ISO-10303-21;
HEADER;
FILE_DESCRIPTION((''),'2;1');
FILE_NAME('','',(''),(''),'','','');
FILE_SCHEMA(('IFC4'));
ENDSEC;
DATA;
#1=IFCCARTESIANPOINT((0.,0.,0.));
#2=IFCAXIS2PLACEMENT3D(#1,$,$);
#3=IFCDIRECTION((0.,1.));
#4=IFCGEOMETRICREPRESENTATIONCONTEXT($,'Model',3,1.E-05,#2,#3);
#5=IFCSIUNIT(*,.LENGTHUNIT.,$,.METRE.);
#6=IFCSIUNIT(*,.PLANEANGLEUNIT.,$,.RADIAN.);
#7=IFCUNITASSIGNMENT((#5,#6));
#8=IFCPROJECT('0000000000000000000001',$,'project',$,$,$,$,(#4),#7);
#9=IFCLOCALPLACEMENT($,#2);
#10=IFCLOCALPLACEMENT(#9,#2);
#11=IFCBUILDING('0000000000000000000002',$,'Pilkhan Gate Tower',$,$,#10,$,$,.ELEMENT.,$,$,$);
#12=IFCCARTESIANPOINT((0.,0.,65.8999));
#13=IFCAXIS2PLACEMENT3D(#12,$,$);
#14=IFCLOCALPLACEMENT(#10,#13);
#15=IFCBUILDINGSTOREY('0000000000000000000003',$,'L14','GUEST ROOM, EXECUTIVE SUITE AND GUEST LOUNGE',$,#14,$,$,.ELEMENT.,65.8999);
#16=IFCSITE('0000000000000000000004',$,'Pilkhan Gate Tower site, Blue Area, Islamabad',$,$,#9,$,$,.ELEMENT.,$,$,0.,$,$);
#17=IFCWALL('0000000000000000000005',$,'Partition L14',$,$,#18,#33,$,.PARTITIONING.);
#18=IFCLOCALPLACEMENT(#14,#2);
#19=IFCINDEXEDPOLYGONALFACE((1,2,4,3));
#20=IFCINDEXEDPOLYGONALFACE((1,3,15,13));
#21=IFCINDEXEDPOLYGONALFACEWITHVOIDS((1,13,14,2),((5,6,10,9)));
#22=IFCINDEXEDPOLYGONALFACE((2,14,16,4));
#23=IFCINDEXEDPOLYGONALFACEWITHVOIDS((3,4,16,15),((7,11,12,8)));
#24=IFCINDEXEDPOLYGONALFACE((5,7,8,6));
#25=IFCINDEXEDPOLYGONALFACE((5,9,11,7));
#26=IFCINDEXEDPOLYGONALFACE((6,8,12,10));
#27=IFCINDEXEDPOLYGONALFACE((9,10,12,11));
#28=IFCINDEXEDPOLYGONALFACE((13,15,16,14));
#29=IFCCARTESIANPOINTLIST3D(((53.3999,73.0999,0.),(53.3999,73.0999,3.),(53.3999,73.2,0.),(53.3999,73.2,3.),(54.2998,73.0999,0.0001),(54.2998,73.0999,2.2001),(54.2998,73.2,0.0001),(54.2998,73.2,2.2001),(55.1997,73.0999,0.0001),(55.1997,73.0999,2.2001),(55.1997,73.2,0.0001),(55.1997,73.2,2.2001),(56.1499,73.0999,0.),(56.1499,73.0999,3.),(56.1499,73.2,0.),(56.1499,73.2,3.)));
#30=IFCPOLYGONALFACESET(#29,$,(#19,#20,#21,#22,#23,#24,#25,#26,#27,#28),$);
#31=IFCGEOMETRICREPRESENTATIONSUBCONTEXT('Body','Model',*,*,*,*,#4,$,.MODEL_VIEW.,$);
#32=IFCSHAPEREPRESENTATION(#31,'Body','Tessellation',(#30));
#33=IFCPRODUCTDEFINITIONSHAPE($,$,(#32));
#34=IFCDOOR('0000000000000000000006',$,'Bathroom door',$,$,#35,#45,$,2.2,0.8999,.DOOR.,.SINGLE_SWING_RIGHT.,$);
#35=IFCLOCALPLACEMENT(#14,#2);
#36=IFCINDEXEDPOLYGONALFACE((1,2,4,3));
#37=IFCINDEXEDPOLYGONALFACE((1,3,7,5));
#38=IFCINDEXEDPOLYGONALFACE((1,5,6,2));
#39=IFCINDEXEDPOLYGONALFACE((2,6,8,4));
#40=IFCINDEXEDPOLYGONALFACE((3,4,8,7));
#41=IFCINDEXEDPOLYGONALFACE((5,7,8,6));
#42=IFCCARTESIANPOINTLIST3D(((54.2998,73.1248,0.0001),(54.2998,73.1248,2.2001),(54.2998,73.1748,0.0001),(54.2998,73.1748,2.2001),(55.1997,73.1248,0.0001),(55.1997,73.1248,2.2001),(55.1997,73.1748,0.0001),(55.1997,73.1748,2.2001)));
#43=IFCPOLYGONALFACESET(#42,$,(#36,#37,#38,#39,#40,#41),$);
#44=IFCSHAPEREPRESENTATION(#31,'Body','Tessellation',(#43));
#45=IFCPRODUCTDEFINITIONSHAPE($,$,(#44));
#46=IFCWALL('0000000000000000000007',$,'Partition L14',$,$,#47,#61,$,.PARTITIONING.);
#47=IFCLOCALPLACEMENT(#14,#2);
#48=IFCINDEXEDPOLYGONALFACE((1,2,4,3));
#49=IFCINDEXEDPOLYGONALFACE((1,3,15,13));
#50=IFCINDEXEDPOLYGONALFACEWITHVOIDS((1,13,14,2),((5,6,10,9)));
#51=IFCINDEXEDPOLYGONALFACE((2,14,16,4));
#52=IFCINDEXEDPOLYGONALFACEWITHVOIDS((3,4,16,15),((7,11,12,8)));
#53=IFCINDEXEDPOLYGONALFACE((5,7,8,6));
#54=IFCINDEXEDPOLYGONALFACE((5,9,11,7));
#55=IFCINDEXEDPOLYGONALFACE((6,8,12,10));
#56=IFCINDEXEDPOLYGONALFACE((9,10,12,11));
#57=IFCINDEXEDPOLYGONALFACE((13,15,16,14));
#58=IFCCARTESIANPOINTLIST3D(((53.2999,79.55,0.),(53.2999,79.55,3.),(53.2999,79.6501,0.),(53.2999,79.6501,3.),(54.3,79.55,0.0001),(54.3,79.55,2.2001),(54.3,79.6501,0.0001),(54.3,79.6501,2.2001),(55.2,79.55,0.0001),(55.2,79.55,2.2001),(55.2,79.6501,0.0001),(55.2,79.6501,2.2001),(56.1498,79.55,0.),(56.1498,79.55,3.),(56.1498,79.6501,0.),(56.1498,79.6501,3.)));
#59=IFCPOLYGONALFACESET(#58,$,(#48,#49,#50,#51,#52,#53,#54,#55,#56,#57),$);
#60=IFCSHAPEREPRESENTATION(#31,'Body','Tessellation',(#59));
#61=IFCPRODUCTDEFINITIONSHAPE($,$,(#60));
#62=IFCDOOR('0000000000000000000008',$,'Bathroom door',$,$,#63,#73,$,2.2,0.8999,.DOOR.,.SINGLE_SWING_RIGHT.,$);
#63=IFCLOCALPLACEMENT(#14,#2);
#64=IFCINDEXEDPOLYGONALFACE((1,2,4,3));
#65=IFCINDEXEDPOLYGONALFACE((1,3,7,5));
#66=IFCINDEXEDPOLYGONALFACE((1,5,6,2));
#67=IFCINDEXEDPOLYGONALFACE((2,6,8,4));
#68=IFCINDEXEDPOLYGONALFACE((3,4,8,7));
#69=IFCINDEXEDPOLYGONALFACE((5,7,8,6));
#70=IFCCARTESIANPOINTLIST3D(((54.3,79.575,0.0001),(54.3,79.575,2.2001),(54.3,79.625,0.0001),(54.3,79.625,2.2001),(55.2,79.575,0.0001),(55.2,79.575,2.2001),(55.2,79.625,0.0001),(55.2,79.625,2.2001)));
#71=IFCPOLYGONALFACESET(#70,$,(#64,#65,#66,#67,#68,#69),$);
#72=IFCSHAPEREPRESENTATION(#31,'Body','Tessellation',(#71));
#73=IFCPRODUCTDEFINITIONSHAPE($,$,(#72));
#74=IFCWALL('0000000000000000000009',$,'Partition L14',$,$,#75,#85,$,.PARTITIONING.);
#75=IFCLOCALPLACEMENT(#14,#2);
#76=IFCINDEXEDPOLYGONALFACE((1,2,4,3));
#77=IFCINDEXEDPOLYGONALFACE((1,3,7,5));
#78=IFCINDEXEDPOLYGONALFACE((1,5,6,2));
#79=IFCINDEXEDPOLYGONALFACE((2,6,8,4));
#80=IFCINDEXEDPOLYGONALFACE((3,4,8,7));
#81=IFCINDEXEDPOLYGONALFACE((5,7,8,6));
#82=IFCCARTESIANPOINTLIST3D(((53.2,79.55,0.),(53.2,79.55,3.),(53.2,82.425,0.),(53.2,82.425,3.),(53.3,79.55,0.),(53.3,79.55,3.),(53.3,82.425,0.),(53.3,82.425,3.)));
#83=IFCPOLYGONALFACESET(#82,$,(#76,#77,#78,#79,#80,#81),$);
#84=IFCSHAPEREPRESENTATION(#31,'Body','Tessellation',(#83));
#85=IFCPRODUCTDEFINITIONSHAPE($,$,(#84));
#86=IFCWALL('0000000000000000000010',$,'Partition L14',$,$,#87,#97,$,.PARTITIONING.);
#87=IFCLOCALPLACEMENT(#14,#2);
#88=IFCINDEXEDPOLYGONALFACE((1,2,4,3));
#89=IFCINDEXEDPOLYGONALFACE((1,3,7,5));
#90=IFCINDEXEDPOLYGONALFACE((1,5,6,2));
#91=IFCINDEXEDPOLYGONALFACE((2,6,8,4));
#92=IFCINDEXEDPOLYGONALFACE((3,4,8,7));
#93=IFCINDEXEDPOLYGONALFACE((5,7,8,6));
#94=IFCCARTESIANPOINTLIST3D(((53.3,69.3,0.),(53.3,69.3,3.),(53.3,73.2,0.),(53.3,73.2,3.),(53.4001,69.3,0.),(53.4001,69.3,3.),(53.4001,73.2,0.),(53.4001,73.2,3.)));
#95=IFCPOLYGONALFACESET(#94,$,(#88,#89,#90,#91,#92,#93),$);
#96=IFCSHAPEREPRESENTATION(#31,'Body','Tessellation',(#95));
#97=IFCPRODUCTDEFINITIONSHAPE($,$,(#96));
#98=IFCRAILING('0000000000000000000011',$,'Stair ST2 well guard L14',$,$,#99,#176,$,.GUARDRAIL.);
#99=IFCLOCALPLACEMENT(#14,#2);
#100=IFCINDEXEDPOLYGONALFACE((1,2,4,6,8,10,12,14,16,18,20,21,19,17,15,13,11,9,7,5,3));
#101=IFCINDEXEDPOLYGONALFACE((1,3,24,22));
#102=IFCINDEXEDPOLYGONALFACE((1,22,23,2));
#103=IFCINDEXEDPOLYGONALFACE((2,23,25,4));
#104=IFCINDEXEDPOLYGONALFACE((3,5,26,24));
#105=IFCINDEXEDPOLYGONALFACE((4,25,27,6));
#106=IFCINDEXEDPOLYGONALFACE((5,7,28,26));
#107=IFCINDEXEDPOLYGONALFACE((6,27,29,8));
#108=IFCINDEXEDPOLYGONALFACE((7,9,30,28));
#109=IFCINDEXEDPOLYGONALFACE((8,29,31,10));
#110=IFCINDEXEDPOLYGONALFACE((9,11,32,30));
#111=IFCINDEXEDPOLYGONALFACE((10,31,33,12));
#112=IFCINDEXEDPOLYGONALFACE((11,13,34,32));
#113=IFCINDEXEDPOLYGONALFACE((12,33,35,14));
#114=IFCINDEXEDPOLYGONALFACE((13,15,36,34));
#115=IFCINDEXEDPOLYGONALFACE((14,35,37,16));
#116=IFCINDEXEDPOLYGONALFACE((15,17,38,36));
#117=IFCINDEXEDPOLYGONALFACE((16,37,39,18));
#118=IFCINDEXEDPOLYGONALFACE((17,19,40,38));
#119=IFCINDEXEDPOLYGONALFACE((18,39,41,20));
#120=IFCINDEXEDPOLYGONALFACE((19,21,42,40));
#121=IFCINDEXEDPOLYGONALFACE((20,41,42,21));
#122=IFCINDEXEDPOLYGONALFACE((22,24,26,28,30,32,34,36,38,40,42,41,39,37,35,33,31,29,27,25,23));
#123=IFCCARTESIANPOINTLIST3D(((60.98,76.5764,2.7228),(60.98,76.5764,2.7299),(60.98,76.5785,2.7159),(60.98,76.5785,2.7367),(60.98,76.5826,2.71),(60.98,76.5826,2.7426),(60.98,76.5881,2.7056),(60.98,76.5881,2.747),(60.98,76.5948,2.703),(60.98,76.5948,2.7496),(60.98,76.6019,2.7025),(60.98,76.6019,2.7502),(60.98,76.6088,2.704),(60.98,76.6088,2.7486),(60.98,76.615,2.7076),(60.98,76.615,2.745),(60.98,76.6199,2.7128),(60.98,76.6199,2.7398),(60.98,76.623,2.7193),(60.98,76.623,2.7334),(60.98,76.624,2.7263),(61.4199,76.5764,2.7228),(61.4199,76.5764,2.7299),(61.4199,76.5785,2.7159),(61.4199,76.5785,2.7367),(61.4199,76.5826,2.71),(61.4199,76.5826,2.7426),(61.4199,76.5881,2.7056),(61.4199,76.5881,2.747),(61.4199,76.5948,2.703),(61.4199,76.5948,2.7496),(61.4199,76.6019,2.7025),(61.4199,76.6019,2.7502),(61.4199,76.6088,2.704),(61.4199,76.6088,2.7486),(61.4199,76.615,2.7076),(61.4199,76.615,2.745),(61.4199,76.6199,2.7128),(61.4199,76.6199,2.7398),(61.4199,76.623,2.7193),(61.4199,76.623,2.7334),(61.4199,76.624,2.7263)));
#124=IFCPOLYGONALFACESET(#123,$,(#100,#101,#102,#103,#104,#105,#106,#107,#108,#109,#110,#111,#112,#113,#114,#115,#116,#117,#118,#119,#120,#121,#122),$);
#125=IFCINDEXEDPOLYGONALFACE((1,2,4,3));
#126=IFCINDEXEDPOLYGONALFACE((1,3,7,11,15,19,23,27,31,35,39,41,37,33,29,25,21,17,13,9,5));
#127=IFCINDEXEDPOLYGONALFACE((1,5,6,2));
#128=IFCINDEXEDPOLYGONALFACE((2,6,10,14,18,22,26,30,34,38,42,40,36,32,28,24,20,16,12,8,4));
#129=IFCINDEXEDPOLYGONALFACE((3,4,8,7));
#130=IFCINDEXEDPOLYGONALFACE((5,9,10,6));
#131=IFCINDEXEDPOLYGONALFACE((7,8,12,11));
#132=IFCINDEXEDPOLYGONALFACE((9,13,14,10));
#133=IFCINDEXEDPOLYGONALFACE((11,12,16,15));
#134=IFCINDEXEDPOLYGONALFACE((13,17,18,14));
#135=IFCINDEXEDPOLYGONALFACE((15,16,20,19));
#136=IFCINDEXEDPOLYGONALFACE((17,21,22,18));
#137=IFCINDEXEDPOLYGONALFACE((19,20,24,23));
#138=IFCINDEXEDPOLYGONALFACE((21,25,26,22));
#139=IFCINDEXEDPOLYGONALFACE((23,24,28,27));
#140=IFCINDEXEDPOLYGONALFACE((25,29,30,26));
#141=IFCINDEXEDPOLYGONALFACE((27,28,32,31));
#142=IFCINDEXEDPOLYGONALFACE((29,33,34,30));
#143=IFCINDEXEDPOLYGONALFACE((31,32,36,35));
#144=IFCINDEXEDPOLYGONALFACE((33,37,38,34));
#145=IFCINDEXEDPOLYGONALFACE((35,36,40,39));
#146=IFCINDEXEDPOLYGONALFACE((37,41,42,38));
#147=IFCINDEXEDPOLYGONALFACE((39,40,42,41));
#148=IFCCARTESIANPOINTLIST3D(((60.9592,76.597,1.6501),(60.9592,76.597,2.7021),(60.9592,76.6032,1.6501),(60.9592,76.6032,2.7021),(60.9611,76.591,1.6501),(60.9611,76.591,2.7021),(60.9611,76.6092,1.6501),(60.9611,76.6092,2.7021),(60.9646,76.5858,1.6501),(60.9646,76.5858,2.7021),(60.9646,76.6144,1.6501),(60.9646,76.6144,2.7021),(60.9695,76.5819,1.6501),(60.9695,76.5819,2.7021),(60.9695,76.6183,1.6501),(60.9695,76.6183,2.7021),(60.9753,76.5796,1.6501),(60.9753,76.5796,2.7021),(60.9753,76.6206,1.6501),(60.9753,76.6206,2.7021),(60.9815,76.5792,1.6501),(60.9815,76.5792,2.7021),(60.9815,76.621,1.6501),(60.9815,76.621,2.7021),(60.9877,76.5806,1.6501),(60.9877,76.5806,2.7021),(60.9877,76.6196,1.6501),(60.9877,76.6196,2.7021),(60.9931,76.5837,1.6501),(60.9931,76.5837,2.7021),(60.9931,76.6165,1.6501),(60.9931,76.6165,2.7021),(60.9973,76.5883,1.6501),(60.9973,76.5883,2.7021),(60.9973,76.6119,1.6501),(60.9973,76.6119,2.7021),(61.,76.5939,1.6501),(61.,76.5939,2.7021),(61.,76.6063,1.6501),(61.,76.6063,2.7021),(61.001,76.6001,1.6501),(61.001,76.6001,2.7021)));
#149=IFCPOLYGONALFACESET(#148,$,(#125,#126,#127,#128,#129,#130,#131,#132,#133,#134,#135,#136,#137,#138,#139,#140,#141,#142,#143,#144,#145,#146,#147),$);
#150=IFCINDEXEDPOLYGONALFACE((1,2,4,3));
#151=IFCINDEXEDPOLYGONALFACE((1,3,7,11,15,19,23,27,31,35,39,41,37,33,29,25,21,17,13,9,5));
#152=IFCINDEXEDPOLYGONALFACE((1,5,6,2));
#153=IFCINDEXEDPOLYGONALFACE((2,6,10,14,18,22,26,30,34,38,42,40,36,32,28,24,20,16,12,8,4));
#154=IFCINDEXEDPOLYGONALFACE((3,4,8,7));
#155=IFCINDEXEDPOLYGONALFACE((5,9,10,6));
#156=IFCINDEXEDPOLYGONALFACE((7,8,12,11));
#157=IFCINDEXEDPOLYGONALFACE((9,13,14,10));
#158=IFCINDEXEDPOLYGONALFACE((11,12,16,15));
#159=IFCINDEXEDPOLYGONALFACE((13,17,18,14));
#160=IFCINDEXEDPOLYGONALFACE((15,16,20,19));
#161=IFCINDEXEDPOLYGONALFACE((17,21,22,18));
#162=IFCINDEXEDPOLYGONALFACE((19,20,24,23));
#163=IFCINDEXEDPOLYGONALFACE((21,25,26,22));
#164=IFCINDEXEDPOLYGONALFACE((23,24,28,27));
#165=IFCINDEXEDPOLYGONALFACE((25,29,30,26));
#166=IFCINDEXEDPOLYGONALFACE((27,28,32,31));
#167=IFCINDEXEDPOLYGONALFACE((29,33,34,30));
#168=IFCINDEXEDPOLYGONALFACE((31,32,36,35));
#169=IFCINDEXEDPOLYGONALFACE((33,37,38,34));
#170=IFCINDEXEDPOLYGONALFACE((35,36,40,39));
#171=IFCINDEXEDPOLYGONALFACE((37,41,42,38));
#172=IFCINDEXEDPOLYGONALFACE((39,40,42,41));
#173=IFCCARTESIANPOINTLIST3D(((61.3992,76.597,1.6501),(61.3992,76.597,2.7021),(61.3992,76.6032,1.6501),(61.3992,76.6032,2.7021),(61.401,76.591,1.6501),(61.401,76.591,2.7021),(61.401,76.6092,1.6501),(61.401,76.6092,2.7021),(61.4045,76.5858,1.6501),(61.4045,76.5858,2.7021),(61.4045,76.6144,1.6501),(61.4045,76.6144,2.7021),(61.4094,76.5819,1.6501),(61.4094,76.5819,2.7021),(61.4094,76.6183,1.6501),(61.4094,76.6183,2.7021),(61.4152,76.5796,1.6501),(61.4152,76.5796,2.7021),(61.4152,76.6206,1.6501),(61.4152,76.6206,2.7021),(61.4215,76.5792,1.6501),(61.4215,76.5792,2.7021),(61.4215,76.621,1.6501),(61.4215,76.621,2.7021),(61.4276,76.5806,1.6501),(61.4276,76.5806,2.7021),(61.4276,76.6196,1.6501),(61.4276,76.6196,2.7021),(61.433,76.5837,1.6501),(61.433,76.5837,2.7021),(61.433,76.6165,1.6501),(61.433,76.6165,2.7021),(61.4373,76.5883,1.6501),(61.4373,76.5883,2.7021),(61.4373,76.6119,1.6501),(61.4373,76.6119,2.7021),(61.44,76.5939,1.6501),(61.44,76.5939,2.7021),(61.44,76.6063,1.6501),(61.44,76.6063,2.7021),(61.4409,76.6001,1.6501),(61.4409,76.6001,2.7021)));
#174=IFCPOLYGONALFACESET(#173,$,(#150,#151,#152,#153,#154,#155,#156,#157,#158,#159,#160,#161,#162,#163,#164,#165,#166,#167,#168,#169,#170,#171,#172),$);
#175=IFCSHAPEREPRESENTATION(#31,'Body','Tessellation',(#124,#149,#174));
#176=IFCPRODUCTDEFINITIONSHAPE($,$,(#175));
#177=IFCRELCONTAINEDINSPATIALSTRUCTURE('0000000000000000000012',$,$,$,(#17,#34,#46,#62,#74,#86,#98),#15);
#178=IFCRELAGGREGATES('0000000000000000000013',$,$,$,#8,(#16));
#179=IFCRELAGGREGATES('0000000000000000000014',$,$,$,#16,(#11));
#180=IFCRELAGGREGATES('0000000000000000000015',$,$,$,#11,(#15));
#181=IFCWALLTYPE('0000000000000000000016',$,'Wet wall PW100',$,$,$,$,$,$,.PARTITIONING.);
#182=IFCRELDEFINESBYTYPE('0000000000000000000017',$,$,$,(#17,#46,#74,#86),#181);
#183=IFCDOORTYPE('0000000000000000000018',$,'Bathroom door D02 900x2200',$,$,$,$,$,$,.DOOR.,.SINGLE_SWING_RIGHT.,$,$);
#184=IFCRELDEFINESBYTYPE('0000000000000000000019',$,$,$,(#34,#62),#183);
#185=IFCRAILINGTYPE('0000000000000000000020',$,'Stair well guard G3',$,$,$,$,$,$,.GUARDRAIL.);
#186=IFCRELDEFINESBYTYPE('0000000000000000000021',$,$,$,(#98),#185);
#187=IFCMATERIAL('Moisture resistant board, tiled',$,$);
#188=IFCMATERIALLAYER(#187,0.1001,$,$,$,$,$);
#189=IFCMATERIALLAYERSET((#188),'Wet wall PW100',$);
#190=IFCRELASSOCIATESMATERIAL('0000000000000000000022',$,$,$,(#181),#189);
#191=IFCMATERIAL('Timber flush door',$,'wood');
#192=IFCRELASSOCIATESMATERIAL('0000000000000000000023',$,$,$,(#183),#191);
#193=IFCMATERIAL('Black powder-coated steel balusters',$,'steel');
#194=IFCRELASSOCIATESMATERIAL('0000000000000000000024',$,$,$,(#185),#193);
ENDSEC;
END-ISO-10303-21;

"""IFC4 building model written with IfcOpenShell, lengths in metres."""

from ifc_helpers import new_model, si_unit, direction, frame, frame_2d, origin, origin_2d, place, context, subcontext, project, spatial, rectangle, circle, extrude, material, layer, layer_set, type_object, element, fill, save


model = new_model("IFC4")

# Units and contexts
model_context = context("Model", 3, precision=1e-05, world=origin(), true_north=direction((0.0, 1.0)))
body_context = subcontext(model_context, "Body", "Model", "MODEL_VIEW")
ifc_project = project(units=[si_unit("LENGTHUNIT", "METRE"), si_unit("PLANEANGLEUNIT", "RADIAN")], contexts=[model_context])

# Site, building, storey
site_placement = place(None, origin())
site = spatial("IfcSite", under=ifc_project, at=site_placement, Name="Pilkhan Gate Tower site, Blue Area, Islamabad", CompositionType="ELEMENT", RefElevation=0.0)
building_placement = place(site_placement, origin())
building = spatial("IfcBuilding", under=site, at=building_placement, Name="Pilkhan Gate Tower", CompositionType="ELEMENT")
storey_placement = place(building_placement, frame((0.0, 0.0, 65.8999)))
storey = spatial("IfcBuildingStorey", under=building, at=storey_placement, Name="L14", Description="GUEST ROOM, EXECUTIVE SUITE AND GUEST LOUNGE", CompositionType="ELEMENT", Elevation=65.8999)

# Shared definitions
ifc_material_1 = material(Name="Moisture resistant board, tiled")
ifc_layer_1 = layer(ifc_material_1, 0.1001)
ifc_layer_set_1 = layer_set([ifc_layer_1], Name="Wet wall PW100")
wall_type_1 = type_object("IfcWallType", Name="Wet wall PW100", PredefinedType="PARTITIONING", material=ifc_layer_set_1)
ifc_material_2 = material(Name="Timber flush door", Category="wood")
door_type = type_object("IfcDoorType", Name="Bathroom door D02 900x2200", OperationType="SINGLE_SWING_RIGHT", PredefinedType="DOOR", material=ifc_material_2)

# Walls, openings, doors
wall_1_placement = place(storey_placement, frame((53.3999, 73.1499, 0.0), z_axis=(0.0, 0.0, 1.0), x_axis=(1.0, 0.0, 0.0)))
wall_1 = element("IfcWall", 1, at=wall_1_placement, inside=storey, type_object=wall_type_1, Name="Partition L14", PredefinedType="PARTITIONING", context=body_context, shape_type="SweptSolid", body=[
    extrude(rectangle(XDim=2.75, YDim=0.1001, at=frame_2d((1.375, 0.0))), origin(), (0.0, 0.0, 1.0), 3.0),
])
opening_1_placement = place(wall_1_placement, frame((0.8999, 0.0, 0.0)))
opening_1 = element("IfcOpeningElement", 2, at=opening_1_placement, cuts=wall_1, PredefinedType="OPENING", context=body_context, shape_type="SweptSolid", body=[
    extrude(rectangle(XDim=0.8999, YDim=2.2, at=frame_2d((0.45, 1.1001))), frame((0.0, 0.0601, 0.0), z_axis=(0.0, -1.0, 0.0), x_axis=(1.0, 0.0, 0.0)), (0.0, 0.0, 1.0), 0.1201),
])
door_1_placement = place(opening_1_placement, origin())
door_1 = element("IfcDoor", 3, at=door_1_placement, inside=storey, type_object=door_type, Name="Bathroom door", OperationType="SINGLE_SWING_RIGHT", OverallHeight=2.2, OverallWidth=0.8999, PredefinedType="DOOR", context=body_context, shape_type="SweptSolid", body=[
    extrude(rectangle(XDim=0.8999, YDim=2.2, at=frame_2d((0.45, 1.1001))), frame((0.0, 0.0249, 0.0), z_axis=(0.0, -1.0, 0.0), x_axis=(1.0, 0.0, 0.0)), (0.0, 0.0, 1.0), 0.05),
])
fill(opening_1, door_1)
wall_2_placement = place(storey_placement, frame((53.3, 79.6001, 0.0), z_axis=(0.0, 0.0, 1.0), x_axis=(1.0, 0.0, 0.0)))
wall_2 = element("IfcWall", 4, at=wall_2_placement, inside=storey, type_object=wall_type_1, Name="Partition L14", PredefinedType="PARTITIONING", context=body_context, shape_type="SweptSolid", body=[
    extrude(rectangle(XDim=2.8499, YDim=0.1001, at=frame_2d((1.4248, 0.0))), origin(), (0.0, 0.0, 1.0), 3.0),
])
opening_2_placement = place(wall_2_placement, frame((1.0, 0.0, 0.0)))
opening_2 = element("IfcOpeningElement", 5, at=opening_2_placement, cuts=wall_2, PredefinedType="OPENING", context=body_context, shape_type="SweptSolid", body=[
    extrude(rectangle(XDim=0.8999, YDim=2.2, at=frame_2d((0.45, 1.1001))), frame((0.0, 0.0601, 0.0), z_axis=(0.0, -1.0, 0.0), x_axis=(1.0, 0.0, 0.0)), (0.0, 0.0, 1.0), 0.1201),
])
door_2_placement = place(opening_2_placement, origin())
door_2 = element("IfcDoor", 6, at=door_2_placement, inside=storey, type_object=door_type, Name="Bathroom door", OperationType="SINGLE_SWING_RIGHT", OverallHeight=2.2, OverallWidth=0.8999, PredefinedType="DOOR", context=body_context, shape_type="SweptSolid", body=[
    extrude(rectangle(XDim=0.8999, YDim=2.2, at=frame_2d((0.45, 1.1001))), frame((0.0, 0.0249, 0.0), z_axis=(0.0, -1.0, 0.0), x_axis=(1.0, 0.0, 0.0)), (0.0, 0.0, 1.0), 0.05),
])
fill(opening_2, door_2)

# Walls
wall_3_placement = place(storey_placement, frame((53.25, 79.55, 0.0), z_axis=(0.0, 0.0, 1.0), x_axis=(0.0, 1.0, 0.0)))
element("IfcWall", 7, at=wall_3_placement, inside=storey, type_object=wall_type_1, Name="Partition L14", PredefinedType="PARTITIONING", context=body_context, shape_type="SweptSolid", body=[
    extrude(rectangle(XDim=2.875, YDim=0.1001, at=frame_2d((1.4375, 0.0))), origin(), (0.0, 0.0, 1.0), 3.0),
])
wall_4_placement = place(storey_placement, frame((53.3501, 69.3, 0.0), z_axis=(0.0, 0.0, 1.0), x_axis=(0.0, 1.0, 0.0)))
element("IfcWall", 8, at=wall_4_placement, inside=storey, type_object=wall_type_1, Name="Partition L14", PredefinedType="PARTITIONING", context=body_context, shape_type="SweptSolid", body=[
    extrude(rectangle(XDim=3.8999, YDim=0.1001, at=frame_2d((1.95, 0.0))), origin(), (0.0, 0.0, 1.0), 3.0),
])

# Railing
ifc_material_3 = material(Name="Black powder-coated steel balusters", Category="steel")
railing_type = type_object("IfcRailingType", Name="Stair well guard G3", PredefinedType="GUARDRAIL", material=ifc_material_3)
railing_placement = place(storey_placement, frame((60.98, 76.6001, 1.6501)))
element("IfcRailing", 9, at=railing_placement, inside=storey, type_object=railing_type, Name="Stair ST2 well guard L14", PredefinedType="GUARDRAIL", context=body_context, shape_type="SweptSolid", body=[
    extrude(circle(Radius=0.0239, at=origin_2d()), frame((0.0, 0.0, 1.0762), z_axis=(1.0, 0.0, 0.0), x_axis=(0.0, 1.0, 0.0)), (0.0, 0.0, 1.0), 0.4399),
    extrude(circle(Radius=0.021, at=origin_2d()), origin(), (0.0, 0.0, 1.0), 1.052),
    extrude(circle(Radius=0.021, at=origin_2d()), frame((0.4399, 0.0, 0.0)), (0.0, 0.0, 1.0), 1.052),
])

save(model, "model.ifc")
